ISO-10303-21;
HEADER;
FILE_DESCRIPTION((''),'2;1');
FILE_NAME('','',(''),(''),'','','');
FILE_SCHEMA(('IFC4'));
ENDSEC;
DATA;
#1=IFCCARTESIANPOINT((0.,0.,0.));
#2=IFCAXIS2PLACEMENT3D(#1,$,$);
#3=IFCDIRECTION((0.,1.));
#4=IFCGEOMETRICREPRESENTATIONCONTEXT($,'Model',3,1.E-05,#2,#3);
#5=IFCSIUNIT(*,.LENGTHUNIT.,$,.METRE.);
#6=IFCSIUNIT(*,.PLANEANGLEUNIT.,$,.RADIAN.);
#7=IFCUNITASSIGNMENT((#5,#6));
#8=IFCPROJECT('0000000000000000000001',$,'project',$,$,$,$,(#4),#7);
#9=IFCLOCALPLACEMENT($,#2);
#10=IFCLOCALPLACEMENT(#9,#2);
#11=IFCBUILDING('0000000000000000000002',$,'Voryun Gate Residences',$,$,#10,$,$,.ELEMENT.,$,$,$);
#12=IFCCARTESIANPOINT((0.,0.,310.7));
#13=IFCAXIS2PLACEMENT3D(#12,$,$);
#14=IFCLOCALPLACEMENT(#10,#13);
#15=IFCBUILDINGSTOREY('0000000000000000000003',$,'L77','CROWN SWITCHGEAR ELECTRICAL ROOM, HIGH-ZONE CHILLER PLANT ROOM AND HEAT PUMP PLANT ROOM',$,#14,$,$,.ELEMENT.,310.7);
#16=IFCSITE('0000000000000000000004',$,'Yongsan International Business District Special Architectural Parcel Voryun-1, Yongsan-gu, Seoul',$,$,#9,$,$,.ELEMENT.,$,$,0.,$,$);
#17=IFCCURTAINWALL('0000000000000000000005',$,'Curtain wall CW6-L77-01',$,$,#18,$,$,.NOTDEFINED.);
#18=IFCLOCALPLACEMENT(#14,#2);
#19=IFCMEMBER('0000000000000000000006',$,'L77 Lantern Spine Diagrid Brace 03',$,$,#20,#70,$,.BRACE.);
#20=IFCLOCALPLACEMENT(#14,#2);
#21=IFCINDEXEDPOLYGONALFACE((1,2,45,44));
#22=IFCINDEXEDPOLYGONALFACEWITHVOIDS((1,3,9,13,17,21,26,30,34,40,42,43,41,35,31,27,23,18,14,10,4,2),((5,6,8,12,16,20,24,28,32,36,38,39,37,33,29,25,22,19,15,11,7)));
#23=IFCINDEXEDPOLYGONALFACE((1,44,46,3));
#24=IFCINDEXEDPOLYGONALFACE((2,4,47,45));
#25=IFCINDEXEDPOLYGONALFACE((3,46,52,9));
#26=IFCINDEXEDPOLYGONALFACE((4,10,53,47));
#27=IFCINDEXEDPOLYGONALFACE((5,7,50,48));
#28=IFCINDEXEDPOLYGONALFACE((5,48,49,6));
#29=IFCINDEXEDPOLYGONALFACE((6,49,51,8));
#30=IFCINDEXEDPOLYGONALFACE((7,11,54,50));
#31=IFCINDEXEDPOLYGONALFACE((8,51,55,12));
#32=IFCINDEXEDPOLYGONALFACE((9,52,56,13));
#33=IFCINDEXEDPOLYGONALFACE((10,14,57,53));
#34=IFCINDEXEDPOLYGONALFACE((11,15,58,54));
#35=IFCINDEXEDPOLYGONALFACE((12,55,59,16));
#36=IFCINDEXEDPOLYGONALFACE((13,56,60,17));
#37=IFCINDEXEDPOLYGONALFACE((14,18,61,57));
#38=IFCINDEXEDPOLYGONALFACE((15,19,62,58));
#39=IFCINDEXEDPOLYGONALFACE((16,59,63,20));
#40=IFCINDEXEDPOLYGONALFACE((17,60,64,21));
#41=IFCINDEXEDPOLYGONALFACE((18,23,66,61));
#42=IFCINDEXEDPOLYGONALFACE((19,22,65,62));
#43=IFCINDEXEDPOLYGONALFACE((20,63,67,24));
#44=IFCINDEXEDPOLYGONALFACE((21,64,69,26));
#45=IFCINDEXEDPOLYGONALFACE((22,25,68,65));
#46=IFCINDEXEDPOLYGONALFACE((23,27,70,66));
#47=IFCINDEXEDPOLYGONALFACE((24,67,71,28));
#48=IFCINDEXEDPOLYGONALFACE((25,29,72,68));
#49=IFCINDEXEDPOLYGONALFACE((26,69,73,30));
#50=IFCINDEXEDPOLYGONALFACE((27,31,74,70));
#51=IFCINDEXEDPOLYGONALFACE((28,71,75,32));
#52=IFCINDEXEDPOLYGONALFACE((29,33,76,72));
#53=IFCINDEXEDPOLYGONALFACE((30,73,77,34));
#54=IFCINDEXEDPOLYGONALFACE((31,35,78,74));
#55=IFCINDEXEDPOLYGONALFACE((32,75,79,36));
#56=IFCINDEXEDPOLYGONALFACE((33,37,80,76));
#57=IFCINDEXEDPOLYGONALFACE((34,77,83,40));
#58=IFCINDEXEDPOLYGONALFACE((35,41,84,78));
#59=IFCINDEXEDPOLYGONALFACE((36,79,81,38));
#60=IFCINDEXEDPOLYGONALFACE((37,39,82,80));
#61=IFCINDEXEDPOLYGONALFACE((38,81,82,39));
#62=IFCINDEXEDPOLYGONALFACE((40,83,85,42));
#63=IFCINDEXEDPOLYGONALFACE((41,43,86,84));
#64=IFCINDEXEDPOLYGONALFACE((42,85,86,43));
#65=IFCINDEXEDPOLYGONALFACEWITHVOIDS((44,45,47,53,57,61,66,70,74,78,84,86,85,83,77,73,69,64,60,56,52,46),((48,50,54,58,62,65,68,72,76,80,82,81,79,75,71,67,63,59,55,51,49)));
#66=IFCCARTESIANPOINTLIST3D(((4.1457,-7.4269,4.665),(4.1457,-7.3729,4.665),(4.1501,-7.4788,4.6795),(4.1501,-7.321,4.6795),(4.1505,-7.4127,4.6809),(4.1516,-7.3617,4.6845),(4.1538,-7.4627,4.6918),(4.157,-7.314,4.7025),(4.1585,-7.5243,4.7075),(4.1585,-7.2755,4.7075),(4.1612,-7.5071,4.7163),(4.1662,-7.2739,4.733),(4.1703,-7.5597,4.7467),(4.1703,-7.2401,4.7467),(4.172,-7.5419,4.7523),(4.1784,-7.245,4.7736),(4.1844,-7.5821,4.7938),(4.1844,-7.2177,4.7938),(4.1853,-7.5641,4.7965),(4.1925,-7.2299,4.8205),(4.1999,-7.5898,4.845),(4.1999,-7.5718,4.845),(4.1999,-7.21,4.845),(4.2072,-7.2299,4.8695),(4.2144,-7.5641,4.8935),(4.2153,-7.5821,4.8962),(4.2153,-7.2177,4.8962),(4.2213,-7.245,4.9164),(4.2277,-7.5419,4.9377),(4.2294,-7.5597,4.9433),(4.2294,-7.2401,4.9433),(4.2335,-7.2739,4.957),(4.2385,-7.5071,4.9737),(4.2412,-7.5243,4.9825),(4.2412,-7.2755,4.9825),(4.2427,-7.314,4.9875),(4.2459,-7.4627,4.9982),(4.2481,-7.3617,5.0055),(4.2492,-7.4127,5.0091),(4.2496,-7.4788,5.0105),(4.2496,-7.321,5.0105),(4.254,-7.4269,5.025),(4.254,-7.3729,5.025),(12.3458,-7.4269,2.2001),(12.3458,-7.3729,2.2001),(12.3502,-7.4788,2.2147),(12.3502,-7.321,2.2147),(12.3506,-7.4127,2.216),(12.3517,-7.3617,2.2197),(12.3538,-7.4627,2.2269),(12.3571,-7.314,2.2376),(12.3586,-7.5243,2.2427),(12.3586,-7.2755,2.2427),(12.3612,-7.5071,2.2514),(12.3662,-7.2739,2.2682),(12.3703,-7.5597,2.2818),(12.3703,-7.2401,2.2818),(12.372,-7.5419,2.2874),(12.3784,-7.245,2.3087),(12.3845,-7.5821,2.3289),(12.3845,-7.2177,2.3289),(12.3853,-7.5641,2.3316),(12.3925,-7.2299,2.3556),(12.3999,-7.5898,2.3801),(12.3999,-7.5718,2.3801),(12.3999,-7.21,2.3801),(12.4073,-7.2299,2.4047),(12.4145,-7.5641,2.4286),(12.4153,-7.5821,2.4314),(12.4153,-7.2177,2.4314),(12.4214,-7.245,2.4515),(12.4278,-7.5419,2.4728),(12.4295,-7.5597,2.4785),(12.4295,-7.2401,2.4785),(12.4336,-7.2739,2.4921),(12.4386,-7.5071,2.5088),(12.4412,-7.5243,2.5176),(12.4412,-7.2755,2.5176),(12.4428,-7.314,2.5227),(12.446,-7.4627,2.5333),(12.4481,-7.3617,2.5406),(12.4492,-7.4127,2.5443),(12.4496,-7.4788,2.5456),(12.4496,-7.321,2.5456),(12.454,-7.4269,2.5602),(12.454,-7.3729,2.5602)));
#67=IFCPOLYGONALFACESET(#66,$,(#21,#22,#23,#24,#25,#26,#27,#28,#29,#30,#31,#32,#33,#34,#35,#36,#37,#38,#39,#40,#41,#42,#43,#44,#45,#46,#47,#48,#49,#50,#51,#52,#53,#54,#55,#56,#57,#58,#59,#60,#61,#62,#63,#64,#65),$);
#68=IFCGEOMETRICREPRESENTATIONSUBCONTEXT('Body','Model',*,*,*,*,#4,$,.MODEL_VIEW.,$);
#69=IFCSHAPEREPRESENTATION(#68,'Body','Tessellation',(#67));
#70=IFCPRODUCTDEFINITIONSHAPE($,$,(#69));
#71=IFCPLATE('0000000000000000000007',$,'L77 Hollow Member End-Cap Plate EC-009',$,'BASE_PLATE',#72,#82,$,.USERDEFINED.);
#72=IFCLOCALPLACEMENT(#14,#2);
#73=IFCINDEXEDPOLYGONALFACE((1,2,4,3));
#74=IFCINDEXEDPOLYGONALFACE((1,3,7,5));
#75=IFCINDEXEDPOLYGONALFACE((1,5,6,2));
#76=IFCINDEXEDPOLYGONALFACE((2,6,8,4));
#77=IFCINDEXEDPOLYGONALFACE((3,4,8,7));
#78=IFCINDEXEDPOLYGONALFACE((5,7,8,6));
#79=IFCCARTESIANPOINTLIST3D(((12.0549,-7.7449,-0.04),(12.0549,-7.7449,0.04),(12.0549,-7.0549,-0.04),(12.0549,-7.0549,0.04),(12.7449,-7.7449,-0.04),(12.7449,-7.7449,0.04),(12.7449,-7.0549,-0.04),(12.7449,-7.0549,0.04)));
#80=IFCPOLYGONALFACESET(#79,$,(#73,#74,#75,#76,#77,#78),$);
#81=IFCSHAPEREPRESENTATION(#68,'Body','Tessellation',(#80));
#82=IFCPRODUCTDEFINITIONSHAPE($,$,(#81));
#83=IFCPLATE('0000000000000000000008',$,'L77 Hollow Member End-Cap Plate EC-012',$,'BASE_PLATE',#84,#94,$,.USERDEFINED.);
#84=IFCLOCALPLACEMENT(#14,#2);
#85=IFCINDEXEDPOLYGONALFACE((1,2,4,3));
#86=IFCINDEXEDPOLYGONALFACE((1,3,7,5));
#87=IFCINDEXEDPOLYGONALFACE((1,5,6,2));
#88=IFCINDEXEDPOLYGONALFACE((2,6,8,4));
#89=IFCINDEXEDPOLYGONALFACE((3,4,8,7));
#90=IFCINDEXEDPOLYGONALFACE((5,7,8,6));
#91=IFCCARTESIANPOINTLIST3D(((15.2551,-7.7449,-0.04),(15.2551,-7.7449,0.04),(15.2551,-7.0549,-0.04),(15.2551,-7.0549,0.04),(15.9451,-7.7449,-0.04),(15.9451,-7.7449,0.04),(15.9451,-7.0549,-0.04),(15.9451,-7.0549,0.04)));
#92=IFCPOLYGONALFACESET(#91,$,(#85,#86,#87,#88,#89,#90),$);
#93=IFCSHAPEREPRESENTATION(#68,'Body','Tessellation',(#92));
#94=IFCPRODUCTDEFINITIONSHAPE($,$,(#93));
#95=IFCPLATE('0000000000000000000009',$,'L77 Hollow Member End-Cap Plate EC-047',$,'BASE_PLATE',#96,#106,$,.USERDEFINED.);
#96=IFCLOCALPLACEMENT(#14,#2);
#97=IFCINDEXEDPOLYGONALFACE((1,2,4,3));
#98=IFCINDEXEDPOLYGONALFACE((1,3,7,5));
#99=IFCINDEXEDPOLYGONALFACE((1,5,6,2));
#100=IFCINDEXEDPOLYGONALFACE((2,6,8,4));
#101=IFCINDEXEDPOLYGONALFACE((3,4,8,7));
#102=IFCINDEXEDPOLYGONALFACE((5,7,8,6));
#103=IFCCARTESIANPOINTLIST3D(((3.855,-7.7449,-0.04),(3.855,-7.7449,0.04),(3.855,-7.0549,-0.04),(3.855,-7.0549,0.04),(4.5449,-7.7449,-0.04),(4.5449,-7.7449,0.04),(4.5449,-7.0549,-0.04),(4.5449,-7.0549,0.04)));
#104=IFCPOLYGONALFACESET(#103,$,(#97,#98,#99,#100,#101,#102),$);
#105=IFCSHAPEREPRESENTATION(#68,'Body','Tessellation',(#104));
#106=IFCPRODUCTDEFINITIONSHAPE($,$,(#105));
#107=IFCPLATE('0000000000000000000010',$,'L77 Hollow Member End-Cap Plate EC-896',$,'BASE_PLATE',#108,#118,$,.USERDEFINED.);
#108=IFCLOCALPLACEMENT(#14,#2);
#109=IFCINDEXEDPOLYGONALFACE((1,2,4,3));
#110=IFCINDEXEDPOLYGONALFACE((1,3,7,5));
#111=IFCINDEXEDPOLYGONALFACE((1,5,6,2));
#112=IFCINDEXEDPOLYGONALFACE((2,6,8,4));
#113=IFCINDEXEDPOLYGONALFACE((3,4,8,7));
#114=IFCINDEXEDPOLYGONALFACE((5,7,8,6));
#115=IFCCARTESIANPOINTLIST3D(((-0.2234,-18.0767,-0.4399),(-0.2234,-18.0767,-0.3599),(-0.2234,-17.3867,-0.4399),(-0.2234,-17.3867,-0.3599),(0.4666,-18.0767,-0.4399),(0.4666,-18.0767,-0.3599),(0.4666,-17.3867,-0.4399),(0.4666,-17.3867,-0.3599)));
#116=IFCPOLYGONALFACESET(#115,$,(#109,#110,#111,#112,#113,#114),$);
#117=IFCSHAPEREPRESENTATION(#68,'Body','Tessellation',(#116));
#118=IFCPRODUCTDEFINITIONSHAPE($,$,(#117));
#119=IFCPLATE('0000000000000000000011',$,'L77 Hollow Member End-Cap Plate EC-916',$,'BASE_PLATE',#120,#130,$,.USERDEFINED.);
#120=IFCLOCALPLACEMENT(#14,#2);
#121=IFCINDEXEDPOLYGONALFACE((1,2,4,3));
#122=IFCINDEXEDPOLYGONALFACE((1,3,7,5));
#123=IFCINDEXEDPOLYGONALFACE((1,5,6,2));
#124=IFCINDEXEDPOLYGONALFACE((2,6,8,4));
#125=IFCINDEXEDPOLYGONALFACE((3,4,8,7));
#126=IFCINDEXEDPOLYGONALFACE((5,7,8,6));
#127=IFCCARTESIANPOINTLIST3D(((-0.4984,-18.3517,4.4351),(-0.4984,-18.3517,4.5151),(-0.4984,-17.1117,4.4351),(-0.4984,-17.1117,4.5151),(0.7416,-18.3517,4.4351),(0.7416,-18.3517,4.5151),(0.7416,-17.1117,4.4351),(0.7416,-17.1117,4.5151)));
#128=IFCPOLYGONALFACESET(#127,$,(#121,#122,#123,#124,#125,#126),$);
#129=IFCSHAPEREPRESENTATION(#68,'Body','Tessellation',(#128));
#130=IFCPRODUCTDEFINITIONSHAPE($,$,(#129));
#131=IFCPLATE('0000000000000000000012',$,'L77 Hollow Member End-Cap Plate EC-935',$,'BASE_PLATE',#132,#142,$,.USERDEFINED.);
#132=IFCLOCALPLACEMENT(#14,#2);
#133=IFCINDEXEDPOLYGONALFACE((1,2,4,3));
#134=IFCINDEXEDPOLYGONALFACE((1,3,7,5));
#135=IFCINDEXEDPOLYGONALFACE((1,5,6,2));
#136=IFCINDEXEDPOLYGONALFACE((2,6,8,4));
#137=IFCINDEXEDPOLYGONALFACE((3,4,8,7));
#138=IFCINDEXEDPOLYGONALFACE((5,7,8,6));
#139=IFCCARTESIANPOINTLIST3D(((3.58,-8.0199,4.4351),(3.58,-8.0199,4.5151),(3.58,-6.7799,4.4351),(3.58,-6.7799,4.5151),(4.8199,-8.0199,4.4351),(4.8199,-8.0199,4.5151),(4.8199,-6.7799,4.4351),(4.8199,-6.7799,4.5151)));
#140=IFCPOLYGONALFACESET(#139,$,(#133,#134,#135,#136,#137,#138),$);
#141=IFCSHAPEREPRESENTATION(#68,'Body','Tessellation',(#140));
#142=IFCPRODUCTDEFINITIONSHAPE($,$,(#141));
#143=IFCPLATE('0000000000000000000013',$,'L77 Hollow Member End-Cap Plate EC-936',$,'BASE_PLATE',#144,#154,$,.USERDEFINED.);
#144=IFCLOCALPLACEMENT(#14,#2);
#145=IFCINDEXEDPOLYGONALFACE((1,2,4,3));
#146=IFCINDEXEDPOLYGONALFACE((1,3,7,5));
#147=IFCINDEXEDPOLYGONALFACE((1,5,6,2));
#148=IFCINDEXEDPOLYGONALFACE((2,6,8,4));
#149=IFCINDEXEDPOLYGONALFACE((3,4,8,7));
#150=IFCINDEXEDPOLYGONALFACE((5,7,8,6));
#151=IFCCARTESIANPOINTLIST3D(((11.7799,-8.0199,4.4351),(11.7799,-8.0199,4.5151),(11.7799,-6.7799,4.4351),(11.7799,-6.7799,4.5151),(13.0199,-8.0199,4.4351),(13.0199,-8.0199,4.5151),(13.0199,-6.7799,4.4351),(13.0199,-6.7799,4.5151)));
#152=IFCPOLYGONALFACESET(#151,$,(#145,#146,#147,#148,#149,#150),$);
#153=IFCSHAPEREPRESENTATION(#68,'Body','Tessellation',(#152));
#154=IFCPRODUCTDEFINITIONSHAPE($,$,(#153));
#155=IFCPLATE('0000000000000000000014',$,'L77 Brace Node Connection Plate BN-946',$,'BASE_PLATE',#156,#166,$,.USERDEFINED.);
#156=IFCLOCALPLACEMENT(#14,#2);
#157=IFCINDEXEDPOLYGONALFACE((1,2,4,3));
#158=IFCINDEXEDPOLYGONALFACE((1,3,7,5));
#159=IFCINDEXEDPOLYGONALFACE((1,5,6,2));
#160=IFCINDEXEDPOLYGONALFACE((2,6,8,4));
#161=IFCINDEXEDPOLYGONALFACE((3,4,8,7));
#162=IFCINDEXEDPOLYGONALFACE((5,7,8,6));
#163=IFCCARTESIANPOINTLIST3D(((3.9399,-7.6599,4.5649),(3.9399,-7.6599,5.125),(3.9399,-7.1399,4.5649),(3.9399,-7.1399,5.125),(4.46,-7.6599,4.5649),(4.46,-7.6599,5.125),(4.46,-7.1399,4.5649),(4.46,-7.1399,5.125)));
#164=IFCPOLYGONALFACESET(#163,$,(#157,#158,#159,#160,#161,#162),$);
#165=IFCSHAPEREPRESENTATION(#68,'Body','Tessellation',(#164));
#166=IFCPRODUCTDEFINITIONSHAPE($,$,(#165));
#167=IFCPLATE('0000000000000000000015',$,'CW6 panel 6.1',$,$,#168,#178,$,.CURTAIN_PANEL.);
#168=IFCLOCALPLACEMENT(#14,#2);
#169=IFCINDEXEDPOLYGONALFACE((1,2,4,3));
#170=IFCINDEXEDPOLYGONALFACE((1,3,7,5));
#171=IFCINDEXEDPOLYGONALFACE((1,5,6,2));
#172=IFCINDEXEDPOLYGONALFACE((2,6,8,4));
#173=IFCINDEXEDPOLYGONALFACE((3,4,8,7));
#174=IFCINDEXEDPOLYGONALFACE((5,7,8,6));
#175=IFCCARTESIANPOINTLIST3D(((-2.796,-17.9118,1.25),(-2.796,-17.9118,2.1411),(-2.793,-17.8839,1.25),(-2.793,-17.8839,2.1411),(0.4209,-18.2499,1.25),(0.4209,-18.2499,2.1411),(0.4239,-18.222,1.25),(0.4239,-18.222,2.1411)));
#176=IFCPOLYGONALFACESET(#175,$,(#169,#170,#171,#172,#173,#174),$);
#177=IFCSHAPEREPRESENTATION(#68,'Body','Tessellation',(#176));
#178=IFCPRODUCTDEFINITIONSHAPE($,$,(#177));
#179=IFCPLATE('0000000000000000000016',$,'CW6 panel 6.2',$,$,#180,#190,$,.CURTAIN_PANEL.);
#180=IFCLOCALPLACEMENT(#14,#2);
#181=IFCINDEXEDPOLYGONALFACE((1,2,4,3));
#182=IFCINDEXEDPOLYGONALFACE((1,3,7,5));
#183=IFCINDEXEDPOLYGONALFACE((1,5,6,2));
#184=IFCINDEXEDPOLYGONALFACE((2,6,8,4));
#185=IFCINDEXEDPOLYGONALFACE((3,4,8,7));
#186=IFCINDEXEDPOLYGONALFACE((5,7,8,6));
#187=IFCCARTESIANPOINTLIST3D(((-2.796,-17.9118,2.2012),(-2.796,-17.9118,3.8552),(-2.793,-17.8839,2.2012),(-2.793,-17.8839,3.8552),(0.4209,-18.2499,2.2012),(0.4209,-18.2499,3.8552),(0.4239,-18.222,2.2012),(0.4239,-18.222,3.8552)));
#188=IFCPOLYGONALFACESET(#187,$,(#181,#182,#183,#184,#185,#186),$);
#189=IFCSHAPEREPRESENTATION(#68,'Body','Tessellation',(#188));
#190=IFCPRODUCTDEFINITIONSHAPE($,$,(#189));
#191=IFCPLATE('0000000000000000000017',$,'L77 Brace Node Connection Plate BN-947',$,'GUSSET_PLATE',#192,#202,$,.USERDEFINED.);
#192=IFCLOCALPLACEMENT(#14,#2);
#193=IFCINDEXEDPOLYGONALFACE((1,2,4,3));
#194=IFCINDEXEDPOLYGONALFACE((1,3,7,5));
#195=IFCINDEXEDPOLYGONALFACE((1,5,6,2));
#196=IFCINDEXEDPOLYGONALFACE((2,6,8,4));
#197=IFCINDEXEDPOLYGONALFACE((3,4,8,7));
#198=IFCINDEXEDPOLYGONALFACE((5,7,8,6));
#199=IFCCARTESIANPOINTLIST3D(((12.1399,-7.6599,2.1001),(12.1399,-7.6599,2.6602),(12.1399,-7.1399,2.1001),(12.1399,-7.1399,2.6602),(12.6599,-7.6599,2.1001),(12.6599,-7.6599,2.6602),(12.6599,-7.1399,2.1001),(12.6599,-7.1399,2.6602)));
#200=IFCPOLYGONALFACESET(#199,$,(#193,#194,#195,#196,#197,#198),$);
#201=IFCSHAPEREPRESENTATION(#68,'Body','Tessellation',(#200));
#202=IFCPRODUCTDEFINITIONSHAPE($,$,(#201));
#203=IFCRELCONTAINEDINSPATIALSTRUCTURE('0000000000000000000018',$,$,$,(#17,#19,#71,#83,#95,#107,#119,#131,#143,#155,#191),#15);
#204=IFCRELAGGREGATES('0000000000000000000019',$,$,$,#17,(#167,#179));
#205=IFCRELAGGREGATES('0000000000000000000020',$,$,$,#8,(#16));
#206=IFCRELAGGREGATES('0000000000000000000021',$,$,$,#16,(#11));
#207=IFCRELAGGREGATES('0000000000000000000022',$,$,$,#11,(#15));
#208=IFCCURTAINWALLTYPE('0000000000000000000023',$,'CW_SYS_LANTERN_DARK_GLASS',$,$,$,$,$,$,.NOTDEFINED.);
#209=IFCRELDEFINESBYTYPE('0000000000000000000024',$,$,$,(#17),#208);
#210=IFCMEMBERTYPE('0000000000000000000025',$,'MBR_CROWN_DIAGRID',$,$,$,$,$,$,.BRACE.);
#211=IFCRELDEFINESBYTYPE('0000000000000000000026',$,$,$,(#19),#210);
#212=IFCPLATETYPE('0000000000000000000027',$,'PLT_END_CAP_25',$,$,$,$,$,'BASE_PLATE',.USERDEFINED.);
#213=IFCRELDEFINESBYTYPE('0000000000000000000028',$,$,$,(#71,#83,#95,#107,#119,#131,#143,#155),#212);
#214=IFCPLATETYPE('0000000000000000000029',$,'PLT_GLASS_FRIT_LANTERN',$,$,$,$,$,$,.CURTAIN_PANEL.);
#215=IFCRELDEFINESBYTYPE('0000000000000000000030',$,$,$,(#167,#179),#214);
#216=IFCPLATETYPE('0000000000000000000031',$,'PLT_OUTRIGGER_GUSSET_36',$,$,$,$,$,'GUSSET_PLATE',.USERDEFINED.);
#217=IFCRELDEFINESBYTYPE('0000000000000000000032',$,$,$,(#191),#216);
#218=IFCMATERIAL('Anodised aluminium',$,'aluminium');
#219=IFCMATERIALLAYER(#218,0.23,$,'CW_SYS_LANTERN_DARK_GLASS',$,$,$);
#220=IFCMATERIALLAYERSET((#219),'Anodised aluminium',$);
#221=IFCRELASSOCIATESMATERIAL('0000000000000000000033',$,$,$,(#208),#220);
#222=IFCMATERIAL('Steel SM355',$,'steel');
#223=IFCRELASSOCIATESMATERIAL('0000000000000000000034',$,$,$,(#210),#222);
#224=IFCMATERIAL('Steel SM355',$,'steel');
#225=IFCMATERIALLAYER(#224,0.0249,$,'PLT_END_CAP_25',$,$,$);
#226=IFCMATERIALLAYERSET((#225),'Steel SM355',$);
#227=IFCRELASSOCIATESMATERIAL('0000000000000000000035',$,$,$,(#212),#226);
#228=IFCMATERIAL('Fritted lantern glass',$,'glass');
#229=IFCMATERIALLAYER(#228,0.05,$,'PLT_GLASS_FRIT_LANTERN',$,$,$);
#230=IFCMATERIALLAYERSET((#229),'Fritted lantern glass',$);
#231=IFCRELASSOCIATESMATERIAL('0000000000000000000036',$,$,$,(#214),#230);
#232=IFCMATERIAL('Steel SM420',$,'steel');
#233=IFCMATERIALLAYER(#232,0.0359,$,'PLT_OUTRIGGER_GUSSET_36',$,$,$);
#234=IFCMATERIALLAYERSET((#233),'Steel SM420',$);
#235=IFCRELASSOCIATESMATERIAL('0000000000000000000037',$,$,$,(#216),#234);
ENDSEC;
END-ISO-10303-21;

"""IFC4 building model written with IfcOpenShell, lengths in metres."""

from ifc_helpers import new_model, si_unit, direction, frame, origin, origin_2d, place, context, subcontext, project, spatial, rectangle, hollow_circle, extrude, material, layer, layer_set, material_profile, profile_set, type_object, element, aggregate, save


model = new_model("IFC4")

# Units and contexts
model_context = context("Model", 3, precision=1e-05, world=origin(), true_north=direction((0.0, 1.0)))
body_context = subcontext(model_context, "Body", "Model", "MODEL_VIEW")
ifc_project = project(units=[si_unit("LENGTHUNIT", "METRE"), si_unit("PLANEANGLEUNIT", "RADIAN")], contexts=[model_context])

# Site, building, storey
site_placement = place(None, origin())
site = spatial("IfcSite", under=ifc_project, at=site_placement, Name="Yongsan International Business District Special Architectural Parcel Voryun-1, Yongsan-gu, Seoul", CompositionType="ELEMENT", RefElevation=0.0)
building_placement = place(site_placement, origin())
building = spatial("IfcBuilding", under=site, at=building_placement, Name="Voryun Gate Residences", CompositionType="ELEMENT")
storey_placement = place(building_placement, frame((0.0, 0.0, 310.7)))
storey = spatial("IfcBuildingStorey", under=building, at=storey_placement, Name="L77", Description="CROWN SWITCHGEAR ELECTRICAL ROOM, HIGH-ZONE CHILLER PLANT ROOM AND HEAT PUMP PLANT ROOM", CompositionType="ELEMENT", Elevation=310.7)

# Curtain wall
ifc_material_1 = material(Name="Anodised aluminium", Category="aluminium")
ifc_layer_1 = layer(ifc_material_1, 0.23, Name="CW_SYS_LANTERN_DARK_GLASS")
ifc_layer_set_1 = layer_set([ifc_layer_1], Name="Anodised aluminium")
curtain_wall_type = type_object("IfcCurtainWallType", Name="CW_SYS_LANTERN_DARK_GLASS", PredefinedType="NOTDEFINED", material=ifc_layer_set_1)
curtain_wall_placement = place(storey_placement, origin())
curtain_wall = element("IfcCurtainWall", 1, at=curtain_wall_placement, inside=storey, type_object=curtain_wall_type, Name="Curtain wall CW6-L77-01", PredefinedType="NOTDEFINED")

# Member
ifc_material_2 = material(Name="Steel SM355", Category="steel")
ifc_material_profile_1 = material_profile(ifc_material_2, hollow_circle(Radius=0.1899, WallThickness=0.0181, at=origin_2d()), Name="CHS-380x18")
ifc_profile_set_1 = profile_set([ifc_material_profile_1], Name="Steel SM355")
member_type_1 = type_object("IfcMemberType", Name="MBR_CROWN_DIAGRID", PredefinedType="BRACE", material=ifc_profile_set_1)
member_1_placement = place(storey_placement, frame((12.3999, -7.3999, 2.3801), z_axis=(-0.95767, 0.0, 0.287868), x_axis=(0.0, -1.0, 0.0)))
element("IfcMember", 2, at=member_1_placement, inside=storey, type_object=member_type_1, Name="L77 Lantern Spine Diagrid Brace 03", PredefinedType="BRACE", context=body_context, shape_type="SweptSolid", body=[
    extrude(hollow_circle(Radius=0.1899, WallThickness=0.0181, at=origin_2d()), origin(), (0.0, 0.0, 1.0), 8.5625),
])

# Plates
ifc_material_3 = material(Name="Steel SM355", Category="steel")
ifc_layer_2 = layer(ifc_material_3, 0.0249, Name="PLT_END_CAP_25")
ifc_layer_set_2 = layer_set([ifc_layer_2], Name="Steel SM355")
plate_type_1 = type_object("IfcPlateType", Name="PLT_END_CAP_25", ElementType="BASE_PLATE", PredefinedType="USERDEFINED", material=ifc_layer_set_2)
for number, where, z_axis, x_axis, name in (
    (3, (12.3999, -7.3999, -0.04), (0.0, 0.0, 1.0), (1.0, 0.0, 0.0), "L77 Hollow Member End-Cap Plate EC-009"),
    (4, (15.6001, -7.3999, -0.04), (0.0, 0.0, 1.0), (1.0, 0.0, 0.0), "L77 Hollow Member End-Cap Plate EC-012"),
    (5, (4.2, -7.3999, -0.04), (0.0, 0.0, 1.0), (1.0, 0.0, 0.0), "L77 Hollow Member End-Cap Plate EC-047"),
    (6, (0.1216, -17.7317, -0.4399), (0.0, 0.0, 1.0), (1.0, 0.0, 0.0), "L77 Hollow Member End-Cap Plate EC-896"),
):
    element("IfcPlate", number, at=place(storey_placement, frame(where, z_axis=z_axis, x_axis=x_axis)), inside=storey, type_object=plate_type_1, Name=name, ObjectType="BASE_PLATE", PredefinedType="USERDEFINED", context=body_context, shape_type="SweptSolid", body=[
        extrude(rectangle(XDim=0.6899, YDim=0.6899, at=origin_2d()), origin(), (0.0, 0.0, 1.0), 0.0801),
    ])
for number, where, z_axis, x_axis, name in (
    (7, (0.1216, -17.7317, 4.4351), (0.0, 0.0, 1.0), (1.0, 0.0, 0.0), "L77 Hollow Member End-Cap Plate EC-916"),
    (8, (4.2, -7.3999, 4.4351), (0.0, 0.0, 1.0), (1.0, 0.0, 0.0), "L77 Hollow Member End-Cap Plate EC-935"),
    (9, (12.3999, -7.3999, 4.4351), (0.0, 0.0, 1.0), (1.0, 0.0, 0.0), "L77 Hollow Member End-Cap Plate EC-936"),
):
    element("IfcPlate", number, at=place(storey_placement, frame(where, z_axis=z_axis, x_axis=x_axis)), inside=storey, type_object=plate_type_1, Name=name, ObjectType="BASE_PLATE", PredefinedType="USERDEFINED", context=body_context, shape_type="SweptSolid", body=[
        extrude(rectangle(XDim=1.24, YDim=1.24, at=origin_2d()), origin(), (0.0, 0.0, 1.0), 0.0801),
    ])
plate_1_placement = place(storey_placement, frame((4.2, -7.3999, 4.5649), z_axis=(0.0, 0.0, 1.0), x_axis=(1.0, 0.0, 0.0)))
element("IfcPlate", 10, at=plate_1_placement, inside=storey, type_object=plate_type_1, Name="L77 Brace Node Connection Plate BN-946", ObjectType="BASE_PLATE", PredefinedType="USERDEFINED", context=body_context, shape_type="SweptSolid", body=[
    extrude(rectangle(XDim=0.52, YDim=0.52, at=origin_2d()), origin(), (0.0, 0.0, 1.0), 0.5601),
])

# Plates
ifc_material_4 = material(Name="Fritted lantern glass", Category="glass")
ifc_layer_3 = layer(ifc_material_4, 0.05, Name="PLT_GLASS_FRIT_LANTERN")
ifc_layer_set_3 = layer_set([ifc_layer_3], Name="Fritted lantern glass")
plate_type_2 = type_object("IfcPlateType", Name="PLT_GLASS_FRIT_LANTERN", PredefinedType="CURTAIN_PANEL", material=ifc_layer_set_3)
plate_2_placement = place(storey_placement, frame((-1.186, -18.0669, 1.25), z_axis=(0.0, 0.0, 1.0), x_axis=(-0.994522, 0.104528, 0.0)))
plate_2 = element("IfcPlate", 11, at=plate_2_placement, type_object=plate_type_2, Name="CW6 panel 6.1", PredefinedType="CURTAIN_PANEL", context=body_context, shape_type="SweptSolid", body=[
    extrude(rectangle(XDim=3.2346, YDim=0.0281, at=origin_2d()), origin(), (0.0, 0.0, 1.0), 0.8911),
])
plate_3_placement = place(storey_placement, frame((-1.186, -18.0669, 2.2012), z_axis=(0.0, 0.0, 1.0), x_axis=(-0.994522, 0.104528, 0.0)))
plate_3 = element("IfcPlate", 12, at=plate_3_placement, type_object=plate_type_2, Name="CW6 panel 6.2", PredefinedType="CURTAIN_PANEL", context=body_context, shape_type="SweptSolid", body=[
    extrude(rectangle(XDim=3.2346, YDim=0.0281, at=origin_2d()), origin(), (0.0, 0.0, 1.0), 1.6541),
])
aggregate(curtain_wall, [plate_2, plate_3])
ifc_material_5 = material(Name="Steel SM420", Category="steel")
ifc_layer_4 = layer(ifc_material_5, 0.0359, Name="PLT_OUTRIGGER_GUSSET_36")
ifc_layer_set_4 = layer_set([ifc_layer_4], Name="Steel SM420")
plate_type_3 = type_object("IfcPlateType", Name="PLT_OUTRIGGER_GUSSET_36", ElementType="GUSSET_PLATE", PredefinedType="USERDEFINED", material=ifc_layer_set_4)
plate_4_placement = place(storey_placement, frame((12.3999, -7.3999, 2.1001), z_axis=(0.0, 0.0, 1.0), x_axis=(1.0, 0.0, 0.0)))
element("IfcPlate", 13, at=plate_4_placement, inside=storey, type_object=plate_type_3, Name="L77 Brace Node Connection Plate BN-947", ObjectType="GUSSET_PLATE", PredefinedType="USERDEFINED", context=body_context, shape_type="SweptSolid", body=[
    extrude(rectangle(XDim=0.52, YDim=0.52, at=origin_2d()), origin(), (0.0, 0.0, 1.0), 0.5601),
])

save(model, "model.ifc")
